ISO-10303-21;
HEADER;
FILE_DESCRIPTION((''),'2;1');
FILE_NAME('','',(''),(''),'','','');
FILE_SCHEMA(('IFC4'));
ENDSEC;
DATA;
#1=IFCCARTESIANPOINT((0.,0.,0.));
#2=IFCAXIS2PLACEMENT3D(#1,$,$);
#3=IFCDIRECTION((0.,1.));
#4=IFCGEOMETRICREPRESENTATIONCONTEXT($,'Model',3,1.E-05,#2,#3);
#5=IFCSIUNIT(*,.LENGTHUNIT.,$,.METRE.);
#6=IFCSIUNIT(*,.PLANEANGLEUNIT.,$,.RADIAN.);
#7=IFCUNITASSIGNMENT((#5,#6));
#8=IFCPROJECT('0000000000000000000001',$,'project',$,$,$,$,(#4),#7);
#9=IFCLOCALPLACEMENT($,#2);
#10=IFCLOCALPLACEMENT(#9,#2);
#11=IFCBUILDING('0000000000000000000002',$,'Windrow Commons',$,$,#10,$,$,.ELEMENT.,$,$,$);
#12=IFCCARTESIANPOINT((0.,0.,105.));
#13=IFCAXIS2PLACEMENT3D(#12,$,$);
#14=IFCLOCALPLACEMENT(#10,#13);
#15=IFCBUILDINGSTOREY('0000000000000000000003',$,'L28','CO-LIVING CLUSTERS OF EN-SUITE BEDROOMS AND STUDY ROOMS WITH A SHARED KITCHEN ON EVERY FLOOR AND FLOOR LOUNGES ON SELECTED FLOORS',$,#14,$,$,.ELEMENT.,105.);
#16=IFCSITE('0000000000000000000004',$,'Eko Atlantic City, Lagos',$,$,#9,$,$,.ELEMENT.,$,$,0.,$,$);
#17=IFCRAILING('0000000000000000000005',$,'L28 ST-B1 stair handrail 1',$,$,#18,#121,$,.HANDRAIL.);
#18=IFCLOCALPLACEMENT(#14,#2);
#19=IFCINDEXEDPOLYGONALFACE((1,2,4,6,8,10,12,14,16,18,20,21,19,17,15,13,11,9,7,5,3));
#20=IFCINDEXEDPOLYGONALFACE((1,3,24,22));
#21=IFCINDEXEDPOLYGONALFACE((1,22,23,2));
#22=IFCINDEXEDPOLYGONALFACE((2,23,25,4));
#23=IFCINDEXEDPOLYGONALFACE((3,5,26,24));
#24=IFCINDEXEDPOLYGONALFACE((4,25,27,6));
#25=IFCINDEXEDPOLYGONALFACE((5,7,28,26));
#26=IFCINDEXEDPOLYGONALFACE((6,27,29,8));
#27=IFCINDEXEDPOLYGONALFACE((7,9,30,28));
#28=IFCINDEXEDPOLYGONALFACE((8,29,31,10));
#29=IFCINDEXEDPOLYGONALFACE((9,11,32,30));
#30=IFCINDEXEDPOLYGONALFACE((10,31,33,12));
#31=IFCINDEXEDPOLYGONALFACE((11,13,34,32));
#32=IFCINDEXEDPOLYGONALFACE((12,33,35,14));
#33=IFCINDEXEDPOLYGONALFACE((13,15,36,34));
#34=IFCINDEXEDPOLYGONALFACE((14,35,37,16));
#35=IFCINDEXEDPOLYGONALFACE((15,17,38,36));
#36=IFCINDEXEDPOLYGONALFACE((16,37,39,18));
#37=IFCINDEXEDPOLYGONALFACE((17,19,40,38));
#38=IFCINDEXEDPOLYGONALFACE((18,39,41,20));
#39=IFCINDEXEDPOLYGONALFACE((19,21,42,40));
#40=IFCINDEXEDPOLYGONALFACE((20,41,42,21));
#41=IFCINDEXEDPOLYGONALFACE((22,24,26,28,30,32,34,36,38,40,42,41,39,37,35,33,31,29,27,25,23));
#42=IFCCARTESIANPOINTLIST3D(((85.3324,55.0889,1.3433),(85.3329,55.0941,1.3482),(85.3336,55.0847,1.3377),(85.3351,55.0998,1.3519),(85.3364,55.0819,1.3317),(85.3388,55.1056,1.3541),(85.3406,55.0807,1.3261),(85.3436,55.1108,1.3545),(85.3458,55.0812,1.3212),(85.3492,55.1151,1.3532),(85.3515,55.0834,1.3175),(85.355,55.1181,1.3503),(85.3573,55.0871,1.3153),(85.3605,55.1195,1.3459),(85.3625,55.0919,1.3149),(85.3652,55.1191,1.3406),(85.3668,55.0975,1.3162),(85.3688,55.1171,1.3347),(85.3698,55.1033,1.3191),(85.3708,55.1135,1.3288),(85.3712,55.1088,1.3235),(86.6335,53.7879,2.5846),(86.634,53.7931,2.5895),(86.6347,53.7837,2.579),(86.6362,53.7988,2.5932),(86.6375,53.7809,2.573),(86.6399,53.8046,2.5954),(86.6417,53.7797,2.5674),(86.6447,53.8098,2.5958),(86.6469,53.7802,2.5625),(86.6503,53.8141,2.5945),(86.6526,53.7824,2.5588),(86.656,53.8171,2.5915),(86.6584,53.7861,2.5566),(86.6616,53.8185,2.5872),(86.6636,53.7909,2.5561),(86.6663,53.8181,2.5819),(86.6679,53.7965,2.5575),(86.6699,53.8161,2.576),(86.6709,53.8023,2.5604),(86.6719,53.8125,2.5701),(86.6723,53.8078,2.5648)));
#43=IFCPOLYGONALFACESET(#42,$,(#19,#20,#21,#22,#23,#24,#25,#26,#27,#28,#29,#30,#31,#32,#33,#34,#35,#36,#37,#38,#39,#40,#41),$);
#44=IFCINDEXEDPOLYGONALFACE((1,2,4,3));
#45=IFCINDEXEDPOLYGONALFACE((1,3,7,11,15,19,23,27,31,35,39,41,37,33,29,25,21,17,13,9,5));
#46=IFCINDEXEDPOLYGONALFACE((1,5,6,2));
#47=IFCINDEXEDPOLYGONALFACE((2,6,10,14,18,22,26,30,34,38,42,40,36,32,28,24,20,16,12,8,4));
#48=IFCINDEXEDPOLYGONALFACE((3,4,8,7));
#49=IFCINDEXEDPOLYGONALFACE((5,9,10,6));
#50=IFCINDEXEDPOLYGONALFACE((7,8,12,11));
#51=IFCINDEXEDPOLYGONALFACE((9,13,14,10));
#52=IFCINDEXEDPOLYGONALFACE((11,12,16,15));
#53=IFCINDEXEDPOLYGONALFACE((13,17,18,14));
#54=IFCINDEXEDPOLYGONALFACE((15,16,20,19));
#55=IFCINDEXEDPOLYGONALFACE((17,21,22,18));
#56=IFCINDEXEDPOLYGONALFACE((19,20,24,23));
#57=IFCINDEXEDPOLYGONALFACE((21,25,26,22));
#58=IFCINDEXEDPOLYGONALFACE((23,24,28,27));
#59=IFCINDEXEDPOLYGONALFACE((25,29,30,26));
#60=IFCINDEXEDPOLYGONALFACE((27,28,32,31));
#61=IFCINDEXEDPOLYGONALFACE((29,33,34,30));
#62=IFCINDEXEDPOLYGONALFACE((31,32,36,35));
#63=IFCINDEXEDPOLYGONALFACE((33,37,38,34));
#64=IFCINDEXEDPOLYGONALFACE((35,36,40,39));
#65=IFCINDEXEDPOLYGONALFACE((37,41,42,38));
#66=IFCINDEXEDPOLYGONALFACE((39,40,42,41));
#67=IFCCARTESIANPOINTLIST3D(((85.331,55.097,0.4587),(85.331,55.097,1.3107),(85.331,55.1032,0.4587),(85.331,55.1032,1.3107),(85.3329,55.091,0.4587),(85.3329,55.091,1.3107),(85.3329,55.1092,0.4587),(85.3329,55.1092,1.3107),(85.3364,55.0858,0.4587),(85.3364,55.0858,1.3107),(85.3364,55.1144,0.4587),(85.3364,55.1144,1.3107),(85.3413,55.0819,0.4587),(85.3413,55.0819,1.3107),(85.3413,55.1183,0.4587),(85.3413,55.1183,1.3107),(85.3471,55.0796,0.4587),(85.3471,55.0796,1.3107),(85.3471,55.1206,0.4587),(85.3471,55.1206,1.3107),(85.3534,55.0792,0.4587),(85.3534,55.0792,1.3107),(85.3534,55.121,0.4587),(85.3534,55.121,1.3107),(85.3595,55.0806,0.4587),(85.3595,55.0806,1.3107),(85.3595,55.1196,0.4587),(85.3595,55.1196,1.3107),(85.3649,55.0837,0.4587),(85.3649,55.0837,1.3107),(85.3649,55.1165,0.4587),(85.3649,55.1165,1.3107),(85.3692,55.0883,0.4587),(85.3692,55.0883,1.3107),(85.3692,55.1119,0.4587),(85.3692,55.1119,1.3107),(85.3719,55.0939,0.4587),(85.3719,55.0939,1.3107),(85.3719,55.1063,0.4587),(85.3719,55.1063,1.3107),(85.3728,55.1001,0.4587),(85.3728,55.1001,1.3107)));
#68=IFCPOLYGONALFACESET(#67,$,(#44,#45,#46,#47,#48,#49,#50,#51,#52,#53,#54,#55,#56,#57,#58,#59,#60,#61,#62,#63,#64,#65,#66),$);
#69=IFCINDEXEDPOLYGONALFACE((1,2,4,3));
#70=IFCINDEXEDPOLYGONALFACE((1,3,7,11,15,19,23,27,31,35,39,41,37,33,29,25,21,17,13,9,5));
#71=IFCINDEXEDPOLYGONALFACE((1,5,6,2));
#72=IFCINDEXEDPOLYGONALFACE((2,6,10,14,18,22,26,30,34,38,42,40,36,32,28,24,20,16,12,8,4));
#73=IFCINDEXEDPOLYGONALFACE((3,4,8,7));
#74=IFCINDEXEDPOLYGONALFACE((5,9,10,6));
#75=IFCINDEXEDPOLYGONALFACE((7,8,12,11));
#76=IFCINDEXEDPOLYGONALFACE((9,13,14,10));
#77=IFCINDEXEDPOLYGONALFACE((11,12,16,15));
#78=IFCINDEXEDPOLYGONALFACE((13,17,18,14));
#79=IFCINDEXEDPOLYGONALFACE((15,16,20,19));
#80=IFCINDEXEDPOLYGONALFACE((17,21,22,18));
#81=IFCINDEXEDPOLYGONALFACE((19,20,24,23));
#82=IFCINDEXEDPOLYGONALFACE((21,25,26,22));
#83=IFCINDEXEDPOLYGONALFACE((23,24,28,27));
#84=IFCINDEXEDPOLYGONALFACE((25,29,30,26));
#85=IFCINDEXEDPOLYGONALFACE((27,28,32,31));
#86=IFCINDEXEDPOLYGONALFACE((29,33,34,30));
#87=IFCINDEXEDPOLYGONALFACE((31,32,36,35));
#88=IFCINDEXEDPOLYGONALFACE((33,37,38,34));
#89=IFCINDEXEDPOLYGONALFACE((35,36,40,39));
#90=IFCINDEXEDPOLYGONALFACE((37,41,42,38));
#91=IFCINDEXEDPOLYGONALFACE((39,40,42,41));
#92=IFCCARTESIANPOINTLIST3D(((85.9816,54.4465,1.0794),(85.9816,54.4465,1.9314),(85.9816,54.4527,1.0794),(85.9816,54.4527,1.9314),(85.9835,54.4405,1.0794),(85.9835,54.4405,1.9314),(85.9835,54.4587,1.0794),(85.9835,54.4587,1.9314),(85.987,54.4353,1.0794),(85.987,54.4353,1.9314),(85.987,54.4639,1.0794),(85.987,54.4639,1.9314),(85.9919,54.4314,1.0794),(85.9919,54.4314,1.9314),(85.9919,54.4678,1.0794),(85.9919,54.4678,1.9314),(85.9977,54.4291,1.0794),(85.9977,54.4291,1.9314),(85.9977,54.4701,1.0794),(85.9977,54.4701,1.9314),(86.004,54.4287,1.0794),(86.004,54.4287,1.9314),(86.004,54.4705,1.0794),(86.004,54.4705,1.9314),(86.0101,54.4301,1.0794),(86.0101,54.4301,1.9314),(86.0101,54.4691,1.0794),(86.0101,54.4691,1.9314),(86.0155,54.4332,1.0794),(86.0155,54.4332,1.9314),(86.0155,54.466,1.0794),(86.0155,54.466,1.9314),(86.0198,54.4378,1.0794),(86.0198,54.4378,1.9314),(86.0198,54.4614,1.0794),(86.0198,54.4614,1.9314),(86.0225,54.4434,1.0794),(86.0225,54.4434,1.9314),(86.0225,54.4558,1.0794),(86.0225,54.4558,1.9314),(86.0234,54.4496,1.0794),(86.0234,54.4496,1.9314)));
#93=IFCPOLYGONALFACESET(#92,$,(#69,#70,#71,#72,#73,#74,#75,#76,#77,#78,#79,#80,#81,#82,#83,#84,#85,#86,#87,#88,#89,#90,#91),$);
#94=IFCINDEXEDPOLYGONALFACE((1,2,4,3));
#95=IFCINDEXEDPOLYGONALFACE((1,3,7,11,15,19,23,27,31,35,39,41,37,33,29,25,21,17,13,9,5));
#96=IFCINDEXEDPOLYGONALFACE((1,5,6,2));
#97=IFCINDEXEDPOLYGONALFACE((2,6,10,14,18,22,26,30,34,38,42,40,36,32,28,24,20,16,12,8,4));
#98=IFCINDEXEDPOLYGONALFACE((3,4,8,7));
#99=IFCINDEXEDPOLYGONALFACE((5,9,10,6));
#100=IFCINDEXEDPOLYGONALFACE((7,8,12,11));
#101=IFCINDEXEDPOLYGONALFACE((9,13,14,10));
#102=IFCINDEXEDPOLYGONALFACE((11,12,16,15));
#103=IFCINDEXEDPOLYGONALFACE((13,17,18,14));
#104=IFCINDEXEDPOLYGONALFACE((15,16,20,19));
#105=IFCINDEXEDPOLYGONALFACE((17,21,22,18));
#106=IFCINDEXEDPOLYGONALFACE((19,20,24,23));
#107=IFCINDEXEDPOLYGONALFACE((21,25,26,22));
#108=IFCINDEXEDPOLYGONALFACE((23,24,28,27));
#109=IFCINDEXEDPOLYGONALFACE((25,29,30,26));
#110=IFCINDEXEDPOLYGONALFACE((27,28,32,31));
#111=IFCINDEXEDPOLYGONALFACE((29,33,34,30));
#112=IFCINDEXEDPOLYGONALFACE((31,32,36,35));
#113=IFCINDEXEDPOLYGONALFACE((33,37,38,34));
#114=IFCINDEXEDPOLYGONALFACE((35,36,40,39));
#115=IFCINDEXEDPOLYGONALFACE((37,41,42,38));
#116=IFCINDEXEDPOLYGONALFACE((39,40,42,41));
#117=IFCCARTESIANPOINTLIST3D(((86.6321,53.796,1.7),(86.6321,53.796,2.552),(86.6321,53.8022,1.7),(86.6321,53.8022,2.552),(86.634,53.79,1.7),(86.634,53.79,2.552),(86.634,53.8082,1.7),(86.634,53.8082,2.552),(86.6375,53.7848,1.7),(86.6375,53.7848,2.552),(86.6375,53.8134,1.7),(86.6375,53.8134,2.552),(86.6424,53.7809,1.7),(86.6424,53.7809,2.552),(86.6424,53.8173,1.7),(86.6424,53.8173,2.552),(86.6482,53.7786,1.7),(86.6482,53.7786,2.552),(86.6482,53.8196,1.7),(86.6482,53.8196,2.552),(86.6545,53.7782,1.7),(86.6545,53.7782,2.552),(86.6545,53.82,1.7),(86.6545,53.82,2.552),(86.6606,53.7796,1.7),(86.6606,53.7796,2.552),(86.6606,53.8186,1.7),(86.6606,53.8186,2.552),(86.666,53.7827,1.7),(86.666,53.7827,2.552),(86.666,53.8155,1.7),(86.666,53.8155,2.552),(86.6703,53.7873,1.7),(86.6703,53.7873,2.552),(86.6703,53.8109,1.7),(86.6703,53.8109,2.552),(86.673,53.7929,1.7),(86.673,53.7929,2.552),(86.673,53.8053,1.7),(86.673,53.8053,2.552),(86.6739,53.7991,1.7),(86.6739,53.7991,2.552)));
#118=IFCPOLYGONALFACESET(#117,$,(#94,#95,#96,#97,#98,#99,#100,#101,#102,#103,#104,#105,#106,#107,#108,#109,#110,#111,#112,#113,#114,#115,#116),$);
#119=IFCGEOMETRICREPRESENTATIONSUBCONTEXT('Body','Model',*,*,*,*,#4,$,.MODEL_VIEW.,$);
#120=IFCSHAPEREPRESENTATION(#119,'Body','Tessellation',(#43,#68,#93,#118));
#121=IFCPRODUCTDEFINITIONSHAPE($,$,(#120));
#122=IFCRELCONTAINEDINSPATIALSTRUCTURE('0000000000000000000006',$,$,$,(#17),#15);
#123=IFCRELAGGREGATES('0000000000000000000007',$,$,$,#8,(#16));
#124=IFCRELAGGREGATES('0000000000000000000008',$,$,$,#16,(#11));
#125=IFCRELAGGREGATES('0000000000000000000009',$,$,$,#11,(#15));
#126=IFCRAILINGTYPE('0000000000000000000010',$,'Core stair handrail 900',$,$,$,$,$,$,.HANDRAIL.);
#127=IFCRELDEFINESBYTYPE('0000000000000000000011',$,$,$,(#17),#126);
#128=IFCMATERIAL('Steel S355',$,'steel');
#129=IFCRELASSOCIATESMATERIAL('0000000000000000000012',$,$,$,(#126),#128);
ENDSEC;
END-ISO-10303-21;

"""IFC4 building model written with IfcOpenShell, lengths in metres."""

from ifc_helpers import new_model, si_unit, direction, frame, origin, origin_2d, place, context, subcontext, project, spatial, circle, extrude, material, type_object, element, save


model = new_model("IFC4")

# Units and contexts
model_context = context("Model", 3, precision=1e-05, world=origin(), true_north=direction((0.0, 1.0)))
body_context = subcontext(model_context, "Body", "Model", "MODEL_VIEW")
ifc_project = project(units=[si_unit("LENGTHUNIT", "METRE"), si_unit("PLANEANGLEUNIT", "RADIAN")], contexts=[model_context])

# Site, building, storey
site_placement = place(None, origin())
site = spatial("IfcSite", under=ifc_project, at=site_placement, Name="Eko Atlantic City, Lagos", CompositionType="ELEMENT", RefElevation=0.0)
building_placement = place(site_placement, origin())
building = spatial("IfcBuilding", under=site, at=building_placement, Name="Windrow Commons", CompositionType="ELEMENT")
storey_placement = place(building_placement, frame((0.0, 0.0, 105.0)))
storey = spatial("IfcBuildingStorey", under=building, at=storey_placement, Name="L28", Description="CO-LIVING CLUSTERS OF EN-SUITE BEDROOMS AND STUDY ROOMS WITH A SHARED KITCHEN ON EVERY FLOOR AND FLOOR LOUNGES ON SELECTED FLOORS", CompositionType="ELEMENT", Elevation=105.0)

# Railing
ifc_material_1 = material(Name="Steel S355", Category="steel")
railing_type_1 = type_object("IfcRailingType", Name="Core stair handrail 900", PredefinedType="HANDRAIL", material=ifc_material_1)
railing_1_placement = place(storey_placement, frame((85.3518, 55.1001, 0.4587)))
element("IfcRailing", 1, at=railing_1_placement, inside=storey, type_object=railing_type_1, Name="L28 ST-B1 stair handrail 1", PredefinedType="HANDRAIL", context=body_context, shape_type="SweptSolid", body=[
    extrude(circle(Radius=0.024, at=origin_2d()), frame((0.0, 0.0, 0.876), z_axis=(0.586207, -0.586162, 0.559264), x_axis=(0.70708, 0.707134, 0.0)), (0.0, 0.0, 1.0), 2.2195),
    extrude(circle(Radius=0.021, at=origin_2d()), origin(), (0.0, 0.0, 1.0), 0.852),
    extrude(circle(Radius=0.021, at=origin_2d()), frame((0.6506, -0.6505, 0.6207)), (0.0, 0.0, 1.0), 0.852),
    extrude(circle(Radius=0.021, at=origin_2d()), frame((1.3011, -1.301, 1.2413)), (0.0, 0.0, 1.0), 0.852),
])

save(model, "model.ifc")
